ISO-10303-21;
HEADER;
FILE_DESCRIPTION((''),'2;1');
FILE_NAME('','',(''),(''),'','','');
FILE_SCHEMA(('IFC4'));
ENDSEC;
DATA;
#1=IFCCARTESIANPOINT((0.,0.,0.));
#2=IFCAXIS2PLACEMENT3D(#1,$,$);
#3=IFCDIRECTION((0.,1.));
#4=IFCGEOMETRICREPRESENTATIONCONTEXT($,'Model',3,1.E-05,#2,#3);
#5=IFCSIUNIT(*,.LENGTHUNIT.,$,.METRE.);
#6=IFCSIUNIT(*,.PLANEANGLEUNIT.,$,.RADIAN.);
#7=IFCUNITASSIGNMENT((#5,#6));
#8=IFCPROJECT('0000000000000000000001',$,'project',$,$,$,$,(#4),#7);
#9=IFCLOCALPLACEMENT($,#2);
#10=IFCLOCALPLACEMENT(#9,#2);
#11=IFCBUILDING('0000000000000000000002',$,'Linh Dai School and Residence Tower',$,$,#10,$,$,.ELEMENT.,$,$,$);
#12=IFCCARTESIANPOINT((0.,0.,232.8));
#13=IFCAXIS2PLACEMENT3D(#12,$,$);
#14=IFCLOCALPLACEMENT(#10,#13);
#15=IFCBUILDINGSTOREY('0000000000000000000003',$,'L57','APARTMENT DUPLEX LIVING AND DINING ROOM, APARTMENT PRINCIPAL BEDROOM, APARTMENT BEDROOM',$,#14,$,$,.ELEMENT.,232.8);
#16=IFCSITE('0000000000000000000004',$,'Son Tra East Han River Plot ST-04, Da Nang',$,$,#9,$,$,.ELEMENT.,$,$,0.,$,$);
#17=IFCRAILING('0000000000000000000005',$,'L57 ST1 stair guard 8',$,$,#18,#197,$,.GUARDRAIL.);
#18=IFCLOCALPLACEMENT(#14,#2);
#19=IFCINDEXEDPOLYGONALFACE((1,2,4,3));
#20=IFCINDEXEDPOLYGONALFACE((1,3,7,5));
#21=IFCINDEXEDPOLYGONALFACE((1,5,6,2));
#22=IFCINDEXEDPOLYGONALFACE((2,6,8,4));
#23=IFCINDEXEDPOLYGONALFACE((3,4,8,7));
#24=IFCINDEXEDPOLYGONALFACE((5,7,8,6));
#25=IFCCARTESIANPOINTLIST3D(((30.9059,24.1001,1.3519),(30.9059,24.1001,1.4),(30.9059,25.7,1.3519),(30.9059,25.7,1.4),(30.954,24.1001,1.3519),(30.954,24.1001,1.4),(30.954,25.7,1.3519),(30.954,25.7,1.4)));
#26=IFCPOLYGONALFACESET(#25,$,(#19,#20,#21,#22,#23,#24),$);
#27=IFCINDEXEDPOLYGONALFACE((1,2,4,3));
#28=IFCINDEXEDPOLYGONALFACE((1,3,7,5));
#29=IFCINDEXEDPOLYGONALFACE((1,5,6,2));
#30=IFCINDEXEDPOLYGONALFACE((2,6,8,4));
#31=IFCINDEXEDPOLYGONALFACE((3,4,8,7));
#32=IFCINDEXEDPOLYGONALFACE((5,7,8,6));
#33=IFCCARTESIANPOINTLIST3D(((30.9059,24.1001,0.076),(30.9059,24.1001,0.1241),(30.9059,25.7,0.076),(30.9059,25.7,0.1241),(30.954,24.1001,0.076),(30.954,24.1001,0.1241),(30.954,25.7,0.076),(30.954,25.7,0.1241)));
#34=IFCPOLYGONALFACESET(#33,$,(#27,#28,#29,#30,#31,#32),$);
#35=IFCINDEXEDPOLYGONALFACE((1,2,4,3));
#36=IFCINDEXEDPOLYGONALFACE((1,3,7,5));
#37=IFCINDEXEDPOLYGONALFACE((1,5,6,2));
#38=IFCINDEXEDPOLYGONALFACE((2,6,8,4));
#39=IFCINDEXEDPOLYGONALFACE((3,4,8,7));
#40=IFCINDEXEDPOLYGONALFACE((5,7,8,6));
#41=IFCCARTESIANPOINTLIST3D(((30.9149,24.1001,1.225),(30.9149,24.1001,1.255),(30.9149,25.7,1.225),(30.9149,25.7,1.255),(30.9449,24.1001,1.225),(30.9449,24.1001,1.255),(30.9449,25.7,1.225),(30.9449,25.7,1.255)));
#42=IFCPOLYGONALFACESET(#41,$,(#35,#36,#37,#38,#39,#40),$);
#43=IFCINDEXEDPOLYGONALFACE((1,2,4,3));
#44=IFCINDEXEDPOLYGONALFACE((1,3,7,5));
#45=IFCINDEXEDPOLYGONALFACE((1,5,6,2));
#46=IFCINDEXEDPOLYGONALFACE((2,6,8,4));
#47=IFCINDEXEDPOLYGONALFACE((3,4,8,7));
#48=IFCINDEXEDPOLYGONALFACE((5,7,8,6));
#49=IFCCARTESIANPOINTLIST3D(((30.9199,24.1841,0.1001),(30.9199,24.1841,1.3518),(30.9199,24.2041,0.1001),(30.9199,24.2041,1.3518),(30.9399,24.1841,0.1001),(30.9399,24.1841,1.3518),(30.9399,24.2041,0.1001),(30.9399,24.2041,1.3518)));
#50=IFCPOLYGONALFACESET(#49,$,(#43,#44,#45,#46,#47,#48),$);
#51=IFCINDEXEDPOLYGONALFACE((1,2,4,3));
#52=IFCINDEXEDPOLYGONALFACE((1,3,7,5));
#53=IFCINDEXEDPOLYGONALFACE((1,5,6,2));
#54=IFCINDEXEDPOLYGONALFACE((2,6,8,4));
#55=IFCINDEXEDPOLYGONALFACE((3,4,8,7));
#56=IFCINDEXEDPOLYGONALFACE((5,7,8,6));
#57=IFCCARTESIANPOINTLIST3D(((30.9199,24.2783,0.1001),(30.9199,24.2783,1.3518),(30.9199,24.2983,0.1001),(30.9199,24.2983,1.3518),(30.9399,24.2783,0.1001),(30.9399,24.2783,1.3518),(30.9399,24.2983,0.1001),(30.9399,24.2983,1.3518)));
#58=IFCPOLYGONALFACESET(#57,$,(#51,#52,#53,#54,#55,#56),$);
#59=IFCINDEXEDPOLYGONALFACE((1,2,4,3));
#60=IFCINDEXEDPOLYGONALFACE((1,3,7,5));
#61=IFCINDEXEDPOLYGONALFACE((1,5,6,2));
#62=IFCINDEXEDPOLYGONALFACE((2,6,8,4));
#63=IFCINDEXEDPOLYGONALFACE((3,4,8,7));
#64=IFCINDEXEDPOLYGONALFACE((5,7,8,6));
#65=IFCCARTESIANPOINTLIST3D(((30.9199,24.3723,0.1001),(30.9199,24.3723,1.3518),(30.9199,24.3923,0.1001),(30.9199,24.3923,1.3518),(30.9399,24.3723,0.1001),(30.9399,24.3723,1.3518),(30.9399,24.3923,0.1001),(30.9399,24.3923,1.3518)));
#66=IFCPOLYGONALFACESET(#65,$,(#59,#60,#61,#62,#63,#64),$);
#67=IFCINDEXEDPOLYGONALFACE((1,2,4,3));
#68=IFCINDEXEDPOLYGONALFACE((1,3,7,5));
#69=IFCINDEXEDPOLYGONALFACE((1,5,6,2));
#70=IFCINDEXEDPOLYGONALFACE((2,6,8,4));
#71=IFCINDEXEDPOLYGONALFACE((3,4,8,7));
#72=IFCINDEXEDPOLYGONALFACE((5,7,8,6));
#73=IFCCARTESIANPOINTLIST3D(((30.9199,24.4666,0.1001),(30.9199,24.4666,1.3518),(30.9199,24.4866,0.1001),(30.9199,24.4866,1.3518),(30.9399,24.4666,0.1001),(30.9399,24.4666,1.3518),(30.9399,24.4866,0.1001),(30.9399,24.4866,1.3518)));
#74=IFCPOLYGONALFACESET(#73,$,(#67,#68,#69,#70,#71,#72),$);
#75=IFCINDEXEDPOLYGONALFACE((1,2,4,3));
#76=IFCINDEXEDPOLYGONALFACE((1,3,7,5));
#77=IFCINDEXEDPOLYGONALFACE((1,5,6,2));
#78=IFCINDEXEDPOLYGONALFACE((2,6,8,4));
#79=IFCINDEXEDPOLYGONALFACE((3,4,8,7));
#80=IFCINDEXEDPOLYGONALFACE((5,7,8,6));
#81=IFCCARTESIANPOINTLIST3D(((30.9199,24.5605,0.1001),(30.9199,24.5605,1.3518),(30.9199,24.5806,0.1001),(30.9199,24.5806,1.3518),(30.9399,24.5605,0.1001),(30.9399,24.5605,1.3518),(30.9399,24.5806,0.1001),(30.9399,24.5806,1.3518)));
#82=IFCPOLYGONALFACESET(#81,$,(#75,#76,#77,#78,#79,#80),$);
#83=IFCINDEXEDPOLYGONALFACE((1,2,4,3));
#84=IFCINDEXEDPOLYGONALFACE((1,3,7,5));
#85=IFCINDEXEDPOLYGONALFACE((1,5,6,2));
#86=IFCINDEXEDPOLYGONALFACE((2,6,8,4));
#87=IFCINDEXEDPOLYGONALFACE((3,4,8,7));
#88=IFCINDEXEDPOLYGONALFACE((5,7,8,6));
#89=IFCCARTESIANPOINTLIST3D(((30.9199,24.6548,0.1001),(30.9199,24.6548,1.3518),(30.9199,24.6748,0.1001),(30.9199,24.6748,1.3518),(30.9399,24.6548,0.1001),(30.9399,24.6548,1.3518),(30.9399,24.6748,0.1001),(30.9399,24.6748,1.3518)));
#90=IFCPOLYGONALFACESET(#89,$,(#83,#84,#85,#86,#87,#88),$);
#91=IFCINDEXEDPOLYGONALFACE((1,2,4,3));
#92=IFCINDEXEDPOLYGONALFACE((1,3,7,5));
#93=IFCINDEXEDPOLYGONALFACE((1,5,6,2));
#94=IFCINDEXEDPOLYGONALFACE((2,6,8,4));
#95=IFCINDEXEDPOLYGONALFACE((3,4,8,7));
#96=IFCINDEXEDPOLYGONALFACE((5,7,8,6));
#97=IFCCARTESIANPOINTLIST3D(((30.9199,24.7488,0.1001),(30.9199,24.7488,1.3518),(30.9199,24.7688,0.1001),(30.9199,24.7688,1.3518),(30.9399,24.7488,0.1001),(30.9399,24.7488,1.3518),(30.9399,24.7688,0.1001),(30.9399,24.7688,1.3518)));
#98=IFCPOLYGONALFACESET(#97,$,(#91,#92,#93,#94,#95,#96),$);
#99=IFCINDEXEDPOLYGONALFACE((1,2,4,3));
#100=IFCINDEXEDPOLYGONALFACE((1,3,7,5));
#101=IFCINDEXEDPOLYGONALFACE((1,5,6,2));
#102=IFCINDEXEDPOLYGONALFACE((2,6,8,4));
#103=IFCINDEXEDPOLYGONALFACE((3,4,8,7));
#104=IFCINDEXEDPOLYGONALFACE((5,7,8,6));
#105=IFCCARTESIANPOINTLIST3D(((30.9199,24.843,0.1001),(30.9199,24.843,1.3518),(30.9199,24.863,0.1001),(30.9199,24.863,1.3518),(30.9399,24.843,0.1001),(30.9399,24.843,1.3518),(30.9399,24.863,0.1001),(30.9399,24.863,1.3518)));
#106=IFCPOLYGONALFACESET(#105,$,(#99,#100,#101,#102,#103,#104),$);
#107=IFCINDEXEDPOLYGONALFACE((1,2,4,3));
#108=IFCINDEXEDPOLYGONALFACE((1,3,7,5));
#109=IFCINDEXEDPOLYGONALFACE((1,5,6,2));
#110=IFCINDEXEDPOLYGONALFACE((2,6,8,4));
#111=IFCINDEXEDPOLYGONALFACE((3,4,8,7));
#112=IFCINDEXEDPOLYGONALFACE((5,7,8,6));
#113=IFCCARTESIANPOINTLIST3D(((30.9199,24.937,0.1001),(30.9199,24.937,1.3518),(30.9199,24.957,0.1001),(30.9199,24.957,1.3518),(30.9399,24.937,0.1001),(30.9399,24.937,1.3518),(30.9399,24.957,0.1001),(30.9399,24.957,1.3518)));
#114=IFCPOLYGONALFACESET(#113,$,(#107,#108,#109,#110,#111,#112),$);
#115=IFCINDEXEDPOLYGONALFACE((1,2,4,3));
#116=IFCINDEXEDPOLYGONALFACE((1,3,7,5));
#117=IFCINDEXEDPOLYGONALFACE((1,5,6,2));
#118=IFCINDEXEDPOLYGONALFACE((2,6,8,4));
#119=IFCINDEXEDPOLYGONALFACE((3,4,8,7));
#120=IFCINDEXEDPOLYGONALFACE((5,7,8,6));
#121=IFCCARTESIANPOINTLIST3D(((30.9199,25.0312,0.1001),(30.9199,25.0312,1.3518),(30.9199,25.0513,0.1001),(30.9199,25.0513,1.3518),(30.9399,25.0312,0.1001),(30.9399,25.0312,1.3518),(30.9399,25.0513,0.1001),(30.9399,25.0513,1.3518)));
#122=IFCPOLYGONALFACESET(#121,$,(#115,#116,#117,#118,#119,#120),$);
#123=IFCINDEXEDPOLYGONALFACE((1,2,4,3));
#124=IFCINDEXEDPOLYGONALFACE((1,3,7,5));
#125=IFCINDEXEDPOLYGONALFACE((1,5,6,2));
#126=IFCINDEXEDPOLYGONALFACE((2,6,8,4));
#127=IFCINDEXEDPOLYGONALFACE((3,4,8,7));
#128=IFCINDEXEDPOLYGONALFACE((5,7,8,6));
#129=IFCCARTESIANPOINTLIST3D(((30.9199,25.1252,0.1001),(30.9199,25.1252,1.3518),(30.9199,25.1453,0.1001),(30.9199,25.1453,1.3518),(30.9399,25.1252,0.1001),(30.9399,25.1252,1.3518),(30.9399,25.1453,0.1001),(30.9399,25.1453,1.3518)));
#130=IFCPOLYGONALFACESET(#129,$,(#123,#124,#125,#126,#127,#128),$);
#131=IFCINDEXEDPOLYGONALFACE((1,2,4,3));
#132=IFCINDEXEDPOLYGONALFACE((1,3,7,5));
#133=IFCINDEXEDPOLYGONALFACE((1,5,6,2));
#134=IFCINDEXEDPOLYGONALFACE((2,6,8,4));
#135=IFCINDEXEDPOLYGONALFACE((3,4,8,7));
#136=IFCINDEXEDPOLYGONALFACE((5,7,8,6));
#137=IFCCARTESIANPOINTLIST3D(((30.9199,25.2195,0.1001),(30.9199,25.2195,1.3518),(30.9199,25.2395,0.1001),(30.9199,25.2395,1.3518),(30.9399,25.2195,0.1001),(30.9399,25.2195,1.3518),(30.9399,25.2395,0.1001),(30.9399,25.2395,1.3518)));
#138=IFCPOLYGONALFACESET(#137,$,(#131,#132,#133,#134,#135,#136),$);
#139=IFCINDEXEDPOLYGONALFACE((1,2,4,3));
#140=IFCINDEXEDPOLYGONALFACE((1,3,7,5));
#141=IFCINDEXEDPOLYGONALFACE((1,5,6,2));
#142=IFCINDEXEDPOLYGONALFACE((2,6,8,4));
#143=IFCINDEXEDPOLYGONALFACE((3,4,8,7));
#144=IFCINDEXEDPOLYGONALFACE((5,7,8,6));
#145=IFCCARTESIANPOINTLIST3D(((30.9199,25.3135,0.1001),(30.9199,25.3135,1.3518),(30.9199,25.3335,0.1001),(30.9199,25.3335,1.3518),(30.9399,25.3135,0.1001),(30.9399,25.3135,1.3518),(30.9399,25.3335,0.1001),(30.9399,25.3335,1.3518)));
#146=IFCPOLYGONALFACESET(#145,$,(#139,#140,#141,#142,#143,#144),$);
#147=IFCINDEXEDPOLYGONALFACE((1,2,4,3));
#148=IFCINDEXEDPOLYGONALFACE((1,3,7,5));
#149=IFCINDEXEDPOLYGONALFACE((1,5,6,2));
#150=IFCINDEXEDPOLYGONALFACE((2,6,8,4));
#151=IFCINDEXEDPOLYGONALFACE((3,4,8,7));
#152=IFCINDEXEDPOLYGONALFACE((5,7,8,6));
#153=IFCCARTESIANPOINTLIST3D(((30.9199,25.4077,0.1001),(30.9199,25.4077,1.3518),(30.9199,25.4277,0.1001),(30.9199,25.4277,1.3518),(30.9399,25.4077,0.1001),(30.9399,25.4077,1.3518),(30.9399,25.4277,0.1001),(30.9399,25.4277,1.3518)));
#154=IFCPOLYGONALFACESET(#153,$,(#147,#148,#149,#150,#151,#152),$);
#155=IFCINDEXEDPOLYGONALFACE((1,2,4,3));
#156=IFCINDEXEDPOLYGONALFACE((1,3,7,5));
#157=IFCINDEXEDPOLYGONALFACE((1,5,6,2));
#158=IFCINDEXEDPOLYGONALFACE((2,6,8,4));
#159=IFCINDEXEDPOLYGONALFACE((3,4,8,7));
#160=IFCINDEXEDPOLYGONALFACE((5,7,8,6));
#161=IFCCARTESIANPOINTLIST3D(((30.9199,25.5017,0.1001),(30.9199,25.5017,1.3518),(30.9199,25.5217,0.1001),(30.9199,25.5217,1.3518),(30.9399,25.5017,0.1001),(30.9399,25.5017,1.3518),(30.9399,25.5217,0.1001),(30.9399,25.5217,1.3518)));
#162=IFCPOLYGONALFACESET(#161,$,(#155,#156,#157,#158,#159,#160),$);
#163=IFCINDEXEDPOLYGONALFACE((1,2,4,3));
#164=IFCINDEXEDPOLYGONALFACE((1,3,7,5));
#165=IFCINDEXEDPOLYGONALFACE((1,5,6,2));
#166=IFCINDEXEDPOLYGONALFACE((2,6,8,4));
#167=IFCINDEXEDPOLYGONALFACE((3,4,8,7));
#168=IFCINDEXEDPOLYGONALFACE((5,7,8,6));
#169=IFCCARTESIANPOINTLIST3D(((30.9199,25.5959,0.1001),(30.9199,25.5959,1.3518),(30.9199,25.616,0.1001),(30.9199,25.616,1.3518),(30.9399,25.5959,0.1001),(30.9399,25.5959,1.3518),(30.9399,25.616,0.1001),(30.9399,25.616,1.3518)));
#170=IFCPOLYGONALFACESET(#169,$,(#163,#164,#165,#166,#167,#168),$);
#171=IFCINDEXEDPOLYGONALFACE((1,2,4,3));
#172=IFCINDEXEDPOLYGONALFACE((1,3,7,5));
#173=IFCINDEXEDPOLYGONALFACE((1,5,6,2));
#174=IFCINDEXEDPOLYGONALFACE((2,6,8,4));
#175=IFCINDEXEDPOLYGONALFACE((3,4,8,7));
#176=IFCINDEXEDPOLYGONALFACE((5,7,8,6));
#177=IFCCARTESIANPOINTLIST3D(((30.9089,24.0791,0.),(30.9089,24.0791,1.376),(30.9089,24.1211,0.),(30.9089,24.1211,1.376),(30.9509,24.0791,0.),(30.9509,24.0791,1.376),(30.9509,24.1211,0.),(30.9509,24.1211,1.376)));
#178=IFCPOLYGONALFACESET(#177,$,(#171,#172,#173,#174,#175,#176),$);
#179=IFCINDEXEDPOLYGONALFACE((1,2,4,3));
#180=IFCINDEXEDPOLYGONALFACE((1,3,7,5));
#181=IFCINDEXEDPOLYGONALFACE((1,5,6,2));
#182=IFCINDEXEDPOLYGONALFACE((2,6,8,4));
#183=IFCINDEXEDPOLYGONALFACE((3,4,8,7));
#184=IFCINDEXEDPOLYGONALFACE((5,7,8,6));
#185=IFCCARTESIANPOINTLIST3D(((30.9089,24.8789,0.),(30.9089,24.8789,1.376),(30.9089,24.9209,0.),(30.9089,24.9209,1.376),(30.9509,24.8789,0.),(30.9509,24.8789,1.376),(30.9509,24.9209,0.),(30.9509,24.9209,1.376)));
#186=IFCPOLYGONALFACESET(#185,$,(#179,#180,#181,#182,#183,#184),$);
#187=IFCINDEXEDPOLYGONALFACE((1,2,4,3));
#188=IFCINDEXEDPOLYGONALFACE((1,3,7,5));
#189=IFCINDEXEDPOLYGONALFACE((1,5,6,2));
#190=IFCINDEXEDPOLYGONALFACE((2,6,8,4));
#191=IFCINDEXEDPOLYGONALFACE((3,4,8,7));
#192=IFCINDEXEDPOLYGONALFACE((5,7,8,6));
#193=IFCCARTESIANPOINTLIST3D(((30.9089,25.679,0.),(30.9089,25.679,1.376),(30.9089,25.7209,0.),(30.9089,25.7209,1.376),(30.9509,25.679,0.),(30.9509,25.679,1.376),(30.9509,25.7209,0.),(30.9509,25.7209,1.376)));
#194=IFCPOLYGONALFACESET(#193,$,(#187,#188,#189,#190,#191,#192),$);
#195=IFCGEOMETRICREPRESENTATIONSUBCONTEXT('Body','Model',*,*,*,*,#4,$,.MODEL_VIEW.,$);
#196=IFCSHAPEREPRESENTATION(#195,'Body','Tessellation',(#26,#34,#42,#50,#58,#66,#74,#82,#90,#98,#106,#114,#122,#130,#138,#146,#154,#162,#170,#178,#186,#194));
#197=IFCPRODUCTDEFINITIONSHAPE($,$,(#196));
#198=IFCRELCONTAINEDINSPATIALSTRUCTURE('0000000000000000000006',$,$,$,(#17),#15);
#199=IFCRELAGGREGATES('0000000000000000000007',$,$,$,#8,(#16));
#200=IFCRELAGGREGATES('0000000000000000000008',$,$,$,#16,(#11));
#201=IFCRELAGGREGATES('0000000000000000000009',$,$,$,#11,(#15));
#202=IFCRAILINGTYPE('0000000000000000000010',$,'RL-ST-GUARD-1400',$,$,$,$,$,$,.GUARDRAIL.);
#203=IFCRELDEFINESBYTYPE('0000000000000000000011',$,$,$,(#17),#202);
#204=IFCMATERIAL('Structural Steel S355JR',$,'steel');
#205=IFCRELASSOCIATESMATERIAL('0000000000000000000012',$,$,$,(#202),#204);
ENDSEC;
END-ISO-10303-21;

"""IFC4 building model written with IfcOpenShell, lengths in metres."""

from ifc_helpers import new_model, si_unit, direction, frame, origin, origin_2d, place, context, subcontext, project, spatial, rectangle, extrude, source, transform, mapped, material, type_object, element, save


model = new_model("IFC4")

# Units and contexts
model_context = context("Model", 3, precision=1e-05, world=origin(), true_north=direction((0.0, 1.0)))
body_context = subcontext(model_context, "Body", "Model", "MODEL_VIEW")
ifc_project = project(units=[si_unit("LENGTHUNIT", "METRE"), si_unit("PLANEANGLEUNIT", "RADIAN")], contexts=[model_context])

# Site, building, storey
site_placement = place(None, origin())
site = spatial("IfcSite", under=ifc_project, at=site_placement, Name="Son Tra East Han River Plot ST-04, Da Nang", CompositionType="ELEMENT", RefElevation=0.0)
building_placement = place(site_placement, origin())
building = spatial("IfcBuilding", under=site, at=building_placement, Name="Linh Dai School and Residence Tower", CompositionType="ELEMENT")
storey_placement = place(building_placement, frame((0.0, 0.0, 232.8)))
storey = spatial("IfcBuildingStorey", under=building, at=storey_placement, Name="L57", Description="APARTMENT DUPLEX LIVING AND DINING ROOM, APARTMENT PRINCIPAL BEDROOM, APARTMENT BEDROOM", CompositionType="ELEMENT", Elevation=232.8)

# Shared definitions
ifc_material_1 = material(Name="Structural Steel S355JR", Category="steel")

# Railing
railing_type = type_object("IfcRailingType", Name="RL-ST-GUARD-1400", PredefinedType="GUARDRAIL", material=ifc_material_1)
shared_shape_1 = source(origin(), body_context, "Body", "SweptSolid", [
    extrude(rectangle(XDim=0.0481, YDim=0.0481, at=origin_2d()), frame((0.0, 0.0, 1.376), z_axis=(0.0, 1.0, 0.0), x_axis=(-1.0, 0.0, 0.0)), (0.0, 0.0, 1.0), 1.5999),
    extrude(rectangle(XDim=0.0481, YDim=0.0481, at=origin_2d()), frame((0.0, 0.0, 0.1001), z_axis=(0.0, 1.0, 0.0), x_axis=(-1.0, 0.0, 0.0)), (0.0, 0.0, 1.0), 1.5999),
    extrude(rectangle(XDim=0.03, YDim=0.03, at=origin_2d()), frame((0.0, 0.0, 1.24), z_axis=(0.0, 1.0, 0.0), x_axis=(-1.0, 0.0, 0.0)), (0.0, 0.0, 1.0), 1.5999),
    extrude(rectangle(XDim=0.02, YDim=0.02, at=origin_2d()), frame((0.0, 0.094, 0.1001)), (0.0, 0.0, 1.0), 1.2517),
    extrude(rectangle(XDim=0.02, YDim=0.02, at=origin_2d()), frame((0.0, 0.1882, 0.1001)), (0.0, 0.0, 1.0), 1.2517),
    extrude(rectangle(XDim=0.02, YDim=0.02, at=origin_2d()), frame((0.0, 0.2822, 0.1001)), (0.0, 0.0, 1.0), 1.2517),
    extrude(rectangle(XDim=0.02, YDim=0.02, at=origin_2d()), frame((0.0, 0.3765, 0.1001)), (0.0, 0.0, 1.0), 1.2517),
    extrude(rectangle(XDim=0.02, YDim=0.02, at=origin_2d()), frame((0.0, 0.4705, 0.1001)), (0.0, 0.0, 1.0), 1.2517),
    extrude(rectangle(XDim=0.02, YDim=0.02, at=origin_2d()), frame((0.0, 0.5647, 0.1001)), (0.0, 0.0, 1.0), 1.2517),
    extrude(rectangle(XDim=0.02, YDim=0.02, at=origin_2d()), frame((0.0, 0.6587, 0.1001)), (0.0, 0.0, 1.0), 1.2517),
    extrude(rectangle(XDim=0.02, YDim=0.02, at=origin_2d()), frame((0.0, 0.7529, 0.1001)), (0.0, 0.0, 1.0), 1.2517),
    extrude(rectangle(XDim=0.02, YDim=0.02, at=origin_2d()), frame((0.0, 0.8469, 0.1001)), (0.0, 0.0, 1.0), 1.2517),
    extrude(rectangle(XDim=0.02, YDim=0.02, at=origin_2d()), frame((0.0, 0.9412, 0.1001)), (0.0, 0.0, 1.0), 1.2517),
    extrude(rectangle(XDim=0.02, YDim=0.02, at=origin_2d()), frame((0.0, 1.0352, 0.1001)), (0.0, 0.0, 1.0), 1.2517),
    extrude(rectangle(XDim=0.02, YDim=0.02, at=origin_2d()), frame((0.0, 1.1294, 0.1001)), (0.0, 0.0, 1.0), 1.2517),
    extrude(rectangle(XDim=0.02, YDim=0.02, at=origin_2d()), frame((0.0, 1.2234, 0.1001)), (0.0, 0.0, 1.0), 1.2517),
    extrude(rectangle(XDim=0.02, YDim=0.02, at=origin_2d()), frame((0.0, 1.3176, 0.1001)), (0.0, 0.0, 1.0), 1.2517),
    extrude(rectangle(XDim=0.02, YDim=0.02, at=origin_2d()), frame((0.0, 1.4116, 0.1001)), (0.0, 0.0, 1.0), 1.2517),
    extrude(rectangle(XDim=0.02, YDim=0.02, at=origin_2d()), frame((0.0, 1.5059, 0.1001)), (0.0, 0.0, 1.0), 1.2517),
    extrude(rectangle(XDim=0.042, YDim=0.042, at=origin_2d()), origin(), (0.0, 0.0, 1.0), 1.376),
    extrude(rectangle(XDim=0.042, YDim=0.042, at=origin_2d()), frame((0.0, 0.7998, 0.0)), (0.0, 0.0, 1.0), 1.376),
    extrude(rectangle(XDim=0.042, YDim=0.042, at=origin_2d()), frame((0.0, 1.5999, 0.0)), (0.0, 0.0, 1.0), 1.376),
])
for number, where, name in (
    (1, (30.9299, 24.1001, 0.0), "L57 ST1 stair guard 8"),
):
    element("IfcRailing", number, at=place(storey_placement, frame(where)), inside=storey, type_object=railing_type, Name=name, PredefinedType="GUARDRAIL", context=body_context, shape_type="MappedRepresentation", body=[
        mapped(shared_shape_1, transform((0.0, 0.0, 0.0), x_axis=(1.0, 0.0, 0.0), y_axis=(0.0, 1.0, 0.0), z_axis=(0.0, 0.0, 1.0), scale=1.0)),
    ])

save(model, "model.ifc")
